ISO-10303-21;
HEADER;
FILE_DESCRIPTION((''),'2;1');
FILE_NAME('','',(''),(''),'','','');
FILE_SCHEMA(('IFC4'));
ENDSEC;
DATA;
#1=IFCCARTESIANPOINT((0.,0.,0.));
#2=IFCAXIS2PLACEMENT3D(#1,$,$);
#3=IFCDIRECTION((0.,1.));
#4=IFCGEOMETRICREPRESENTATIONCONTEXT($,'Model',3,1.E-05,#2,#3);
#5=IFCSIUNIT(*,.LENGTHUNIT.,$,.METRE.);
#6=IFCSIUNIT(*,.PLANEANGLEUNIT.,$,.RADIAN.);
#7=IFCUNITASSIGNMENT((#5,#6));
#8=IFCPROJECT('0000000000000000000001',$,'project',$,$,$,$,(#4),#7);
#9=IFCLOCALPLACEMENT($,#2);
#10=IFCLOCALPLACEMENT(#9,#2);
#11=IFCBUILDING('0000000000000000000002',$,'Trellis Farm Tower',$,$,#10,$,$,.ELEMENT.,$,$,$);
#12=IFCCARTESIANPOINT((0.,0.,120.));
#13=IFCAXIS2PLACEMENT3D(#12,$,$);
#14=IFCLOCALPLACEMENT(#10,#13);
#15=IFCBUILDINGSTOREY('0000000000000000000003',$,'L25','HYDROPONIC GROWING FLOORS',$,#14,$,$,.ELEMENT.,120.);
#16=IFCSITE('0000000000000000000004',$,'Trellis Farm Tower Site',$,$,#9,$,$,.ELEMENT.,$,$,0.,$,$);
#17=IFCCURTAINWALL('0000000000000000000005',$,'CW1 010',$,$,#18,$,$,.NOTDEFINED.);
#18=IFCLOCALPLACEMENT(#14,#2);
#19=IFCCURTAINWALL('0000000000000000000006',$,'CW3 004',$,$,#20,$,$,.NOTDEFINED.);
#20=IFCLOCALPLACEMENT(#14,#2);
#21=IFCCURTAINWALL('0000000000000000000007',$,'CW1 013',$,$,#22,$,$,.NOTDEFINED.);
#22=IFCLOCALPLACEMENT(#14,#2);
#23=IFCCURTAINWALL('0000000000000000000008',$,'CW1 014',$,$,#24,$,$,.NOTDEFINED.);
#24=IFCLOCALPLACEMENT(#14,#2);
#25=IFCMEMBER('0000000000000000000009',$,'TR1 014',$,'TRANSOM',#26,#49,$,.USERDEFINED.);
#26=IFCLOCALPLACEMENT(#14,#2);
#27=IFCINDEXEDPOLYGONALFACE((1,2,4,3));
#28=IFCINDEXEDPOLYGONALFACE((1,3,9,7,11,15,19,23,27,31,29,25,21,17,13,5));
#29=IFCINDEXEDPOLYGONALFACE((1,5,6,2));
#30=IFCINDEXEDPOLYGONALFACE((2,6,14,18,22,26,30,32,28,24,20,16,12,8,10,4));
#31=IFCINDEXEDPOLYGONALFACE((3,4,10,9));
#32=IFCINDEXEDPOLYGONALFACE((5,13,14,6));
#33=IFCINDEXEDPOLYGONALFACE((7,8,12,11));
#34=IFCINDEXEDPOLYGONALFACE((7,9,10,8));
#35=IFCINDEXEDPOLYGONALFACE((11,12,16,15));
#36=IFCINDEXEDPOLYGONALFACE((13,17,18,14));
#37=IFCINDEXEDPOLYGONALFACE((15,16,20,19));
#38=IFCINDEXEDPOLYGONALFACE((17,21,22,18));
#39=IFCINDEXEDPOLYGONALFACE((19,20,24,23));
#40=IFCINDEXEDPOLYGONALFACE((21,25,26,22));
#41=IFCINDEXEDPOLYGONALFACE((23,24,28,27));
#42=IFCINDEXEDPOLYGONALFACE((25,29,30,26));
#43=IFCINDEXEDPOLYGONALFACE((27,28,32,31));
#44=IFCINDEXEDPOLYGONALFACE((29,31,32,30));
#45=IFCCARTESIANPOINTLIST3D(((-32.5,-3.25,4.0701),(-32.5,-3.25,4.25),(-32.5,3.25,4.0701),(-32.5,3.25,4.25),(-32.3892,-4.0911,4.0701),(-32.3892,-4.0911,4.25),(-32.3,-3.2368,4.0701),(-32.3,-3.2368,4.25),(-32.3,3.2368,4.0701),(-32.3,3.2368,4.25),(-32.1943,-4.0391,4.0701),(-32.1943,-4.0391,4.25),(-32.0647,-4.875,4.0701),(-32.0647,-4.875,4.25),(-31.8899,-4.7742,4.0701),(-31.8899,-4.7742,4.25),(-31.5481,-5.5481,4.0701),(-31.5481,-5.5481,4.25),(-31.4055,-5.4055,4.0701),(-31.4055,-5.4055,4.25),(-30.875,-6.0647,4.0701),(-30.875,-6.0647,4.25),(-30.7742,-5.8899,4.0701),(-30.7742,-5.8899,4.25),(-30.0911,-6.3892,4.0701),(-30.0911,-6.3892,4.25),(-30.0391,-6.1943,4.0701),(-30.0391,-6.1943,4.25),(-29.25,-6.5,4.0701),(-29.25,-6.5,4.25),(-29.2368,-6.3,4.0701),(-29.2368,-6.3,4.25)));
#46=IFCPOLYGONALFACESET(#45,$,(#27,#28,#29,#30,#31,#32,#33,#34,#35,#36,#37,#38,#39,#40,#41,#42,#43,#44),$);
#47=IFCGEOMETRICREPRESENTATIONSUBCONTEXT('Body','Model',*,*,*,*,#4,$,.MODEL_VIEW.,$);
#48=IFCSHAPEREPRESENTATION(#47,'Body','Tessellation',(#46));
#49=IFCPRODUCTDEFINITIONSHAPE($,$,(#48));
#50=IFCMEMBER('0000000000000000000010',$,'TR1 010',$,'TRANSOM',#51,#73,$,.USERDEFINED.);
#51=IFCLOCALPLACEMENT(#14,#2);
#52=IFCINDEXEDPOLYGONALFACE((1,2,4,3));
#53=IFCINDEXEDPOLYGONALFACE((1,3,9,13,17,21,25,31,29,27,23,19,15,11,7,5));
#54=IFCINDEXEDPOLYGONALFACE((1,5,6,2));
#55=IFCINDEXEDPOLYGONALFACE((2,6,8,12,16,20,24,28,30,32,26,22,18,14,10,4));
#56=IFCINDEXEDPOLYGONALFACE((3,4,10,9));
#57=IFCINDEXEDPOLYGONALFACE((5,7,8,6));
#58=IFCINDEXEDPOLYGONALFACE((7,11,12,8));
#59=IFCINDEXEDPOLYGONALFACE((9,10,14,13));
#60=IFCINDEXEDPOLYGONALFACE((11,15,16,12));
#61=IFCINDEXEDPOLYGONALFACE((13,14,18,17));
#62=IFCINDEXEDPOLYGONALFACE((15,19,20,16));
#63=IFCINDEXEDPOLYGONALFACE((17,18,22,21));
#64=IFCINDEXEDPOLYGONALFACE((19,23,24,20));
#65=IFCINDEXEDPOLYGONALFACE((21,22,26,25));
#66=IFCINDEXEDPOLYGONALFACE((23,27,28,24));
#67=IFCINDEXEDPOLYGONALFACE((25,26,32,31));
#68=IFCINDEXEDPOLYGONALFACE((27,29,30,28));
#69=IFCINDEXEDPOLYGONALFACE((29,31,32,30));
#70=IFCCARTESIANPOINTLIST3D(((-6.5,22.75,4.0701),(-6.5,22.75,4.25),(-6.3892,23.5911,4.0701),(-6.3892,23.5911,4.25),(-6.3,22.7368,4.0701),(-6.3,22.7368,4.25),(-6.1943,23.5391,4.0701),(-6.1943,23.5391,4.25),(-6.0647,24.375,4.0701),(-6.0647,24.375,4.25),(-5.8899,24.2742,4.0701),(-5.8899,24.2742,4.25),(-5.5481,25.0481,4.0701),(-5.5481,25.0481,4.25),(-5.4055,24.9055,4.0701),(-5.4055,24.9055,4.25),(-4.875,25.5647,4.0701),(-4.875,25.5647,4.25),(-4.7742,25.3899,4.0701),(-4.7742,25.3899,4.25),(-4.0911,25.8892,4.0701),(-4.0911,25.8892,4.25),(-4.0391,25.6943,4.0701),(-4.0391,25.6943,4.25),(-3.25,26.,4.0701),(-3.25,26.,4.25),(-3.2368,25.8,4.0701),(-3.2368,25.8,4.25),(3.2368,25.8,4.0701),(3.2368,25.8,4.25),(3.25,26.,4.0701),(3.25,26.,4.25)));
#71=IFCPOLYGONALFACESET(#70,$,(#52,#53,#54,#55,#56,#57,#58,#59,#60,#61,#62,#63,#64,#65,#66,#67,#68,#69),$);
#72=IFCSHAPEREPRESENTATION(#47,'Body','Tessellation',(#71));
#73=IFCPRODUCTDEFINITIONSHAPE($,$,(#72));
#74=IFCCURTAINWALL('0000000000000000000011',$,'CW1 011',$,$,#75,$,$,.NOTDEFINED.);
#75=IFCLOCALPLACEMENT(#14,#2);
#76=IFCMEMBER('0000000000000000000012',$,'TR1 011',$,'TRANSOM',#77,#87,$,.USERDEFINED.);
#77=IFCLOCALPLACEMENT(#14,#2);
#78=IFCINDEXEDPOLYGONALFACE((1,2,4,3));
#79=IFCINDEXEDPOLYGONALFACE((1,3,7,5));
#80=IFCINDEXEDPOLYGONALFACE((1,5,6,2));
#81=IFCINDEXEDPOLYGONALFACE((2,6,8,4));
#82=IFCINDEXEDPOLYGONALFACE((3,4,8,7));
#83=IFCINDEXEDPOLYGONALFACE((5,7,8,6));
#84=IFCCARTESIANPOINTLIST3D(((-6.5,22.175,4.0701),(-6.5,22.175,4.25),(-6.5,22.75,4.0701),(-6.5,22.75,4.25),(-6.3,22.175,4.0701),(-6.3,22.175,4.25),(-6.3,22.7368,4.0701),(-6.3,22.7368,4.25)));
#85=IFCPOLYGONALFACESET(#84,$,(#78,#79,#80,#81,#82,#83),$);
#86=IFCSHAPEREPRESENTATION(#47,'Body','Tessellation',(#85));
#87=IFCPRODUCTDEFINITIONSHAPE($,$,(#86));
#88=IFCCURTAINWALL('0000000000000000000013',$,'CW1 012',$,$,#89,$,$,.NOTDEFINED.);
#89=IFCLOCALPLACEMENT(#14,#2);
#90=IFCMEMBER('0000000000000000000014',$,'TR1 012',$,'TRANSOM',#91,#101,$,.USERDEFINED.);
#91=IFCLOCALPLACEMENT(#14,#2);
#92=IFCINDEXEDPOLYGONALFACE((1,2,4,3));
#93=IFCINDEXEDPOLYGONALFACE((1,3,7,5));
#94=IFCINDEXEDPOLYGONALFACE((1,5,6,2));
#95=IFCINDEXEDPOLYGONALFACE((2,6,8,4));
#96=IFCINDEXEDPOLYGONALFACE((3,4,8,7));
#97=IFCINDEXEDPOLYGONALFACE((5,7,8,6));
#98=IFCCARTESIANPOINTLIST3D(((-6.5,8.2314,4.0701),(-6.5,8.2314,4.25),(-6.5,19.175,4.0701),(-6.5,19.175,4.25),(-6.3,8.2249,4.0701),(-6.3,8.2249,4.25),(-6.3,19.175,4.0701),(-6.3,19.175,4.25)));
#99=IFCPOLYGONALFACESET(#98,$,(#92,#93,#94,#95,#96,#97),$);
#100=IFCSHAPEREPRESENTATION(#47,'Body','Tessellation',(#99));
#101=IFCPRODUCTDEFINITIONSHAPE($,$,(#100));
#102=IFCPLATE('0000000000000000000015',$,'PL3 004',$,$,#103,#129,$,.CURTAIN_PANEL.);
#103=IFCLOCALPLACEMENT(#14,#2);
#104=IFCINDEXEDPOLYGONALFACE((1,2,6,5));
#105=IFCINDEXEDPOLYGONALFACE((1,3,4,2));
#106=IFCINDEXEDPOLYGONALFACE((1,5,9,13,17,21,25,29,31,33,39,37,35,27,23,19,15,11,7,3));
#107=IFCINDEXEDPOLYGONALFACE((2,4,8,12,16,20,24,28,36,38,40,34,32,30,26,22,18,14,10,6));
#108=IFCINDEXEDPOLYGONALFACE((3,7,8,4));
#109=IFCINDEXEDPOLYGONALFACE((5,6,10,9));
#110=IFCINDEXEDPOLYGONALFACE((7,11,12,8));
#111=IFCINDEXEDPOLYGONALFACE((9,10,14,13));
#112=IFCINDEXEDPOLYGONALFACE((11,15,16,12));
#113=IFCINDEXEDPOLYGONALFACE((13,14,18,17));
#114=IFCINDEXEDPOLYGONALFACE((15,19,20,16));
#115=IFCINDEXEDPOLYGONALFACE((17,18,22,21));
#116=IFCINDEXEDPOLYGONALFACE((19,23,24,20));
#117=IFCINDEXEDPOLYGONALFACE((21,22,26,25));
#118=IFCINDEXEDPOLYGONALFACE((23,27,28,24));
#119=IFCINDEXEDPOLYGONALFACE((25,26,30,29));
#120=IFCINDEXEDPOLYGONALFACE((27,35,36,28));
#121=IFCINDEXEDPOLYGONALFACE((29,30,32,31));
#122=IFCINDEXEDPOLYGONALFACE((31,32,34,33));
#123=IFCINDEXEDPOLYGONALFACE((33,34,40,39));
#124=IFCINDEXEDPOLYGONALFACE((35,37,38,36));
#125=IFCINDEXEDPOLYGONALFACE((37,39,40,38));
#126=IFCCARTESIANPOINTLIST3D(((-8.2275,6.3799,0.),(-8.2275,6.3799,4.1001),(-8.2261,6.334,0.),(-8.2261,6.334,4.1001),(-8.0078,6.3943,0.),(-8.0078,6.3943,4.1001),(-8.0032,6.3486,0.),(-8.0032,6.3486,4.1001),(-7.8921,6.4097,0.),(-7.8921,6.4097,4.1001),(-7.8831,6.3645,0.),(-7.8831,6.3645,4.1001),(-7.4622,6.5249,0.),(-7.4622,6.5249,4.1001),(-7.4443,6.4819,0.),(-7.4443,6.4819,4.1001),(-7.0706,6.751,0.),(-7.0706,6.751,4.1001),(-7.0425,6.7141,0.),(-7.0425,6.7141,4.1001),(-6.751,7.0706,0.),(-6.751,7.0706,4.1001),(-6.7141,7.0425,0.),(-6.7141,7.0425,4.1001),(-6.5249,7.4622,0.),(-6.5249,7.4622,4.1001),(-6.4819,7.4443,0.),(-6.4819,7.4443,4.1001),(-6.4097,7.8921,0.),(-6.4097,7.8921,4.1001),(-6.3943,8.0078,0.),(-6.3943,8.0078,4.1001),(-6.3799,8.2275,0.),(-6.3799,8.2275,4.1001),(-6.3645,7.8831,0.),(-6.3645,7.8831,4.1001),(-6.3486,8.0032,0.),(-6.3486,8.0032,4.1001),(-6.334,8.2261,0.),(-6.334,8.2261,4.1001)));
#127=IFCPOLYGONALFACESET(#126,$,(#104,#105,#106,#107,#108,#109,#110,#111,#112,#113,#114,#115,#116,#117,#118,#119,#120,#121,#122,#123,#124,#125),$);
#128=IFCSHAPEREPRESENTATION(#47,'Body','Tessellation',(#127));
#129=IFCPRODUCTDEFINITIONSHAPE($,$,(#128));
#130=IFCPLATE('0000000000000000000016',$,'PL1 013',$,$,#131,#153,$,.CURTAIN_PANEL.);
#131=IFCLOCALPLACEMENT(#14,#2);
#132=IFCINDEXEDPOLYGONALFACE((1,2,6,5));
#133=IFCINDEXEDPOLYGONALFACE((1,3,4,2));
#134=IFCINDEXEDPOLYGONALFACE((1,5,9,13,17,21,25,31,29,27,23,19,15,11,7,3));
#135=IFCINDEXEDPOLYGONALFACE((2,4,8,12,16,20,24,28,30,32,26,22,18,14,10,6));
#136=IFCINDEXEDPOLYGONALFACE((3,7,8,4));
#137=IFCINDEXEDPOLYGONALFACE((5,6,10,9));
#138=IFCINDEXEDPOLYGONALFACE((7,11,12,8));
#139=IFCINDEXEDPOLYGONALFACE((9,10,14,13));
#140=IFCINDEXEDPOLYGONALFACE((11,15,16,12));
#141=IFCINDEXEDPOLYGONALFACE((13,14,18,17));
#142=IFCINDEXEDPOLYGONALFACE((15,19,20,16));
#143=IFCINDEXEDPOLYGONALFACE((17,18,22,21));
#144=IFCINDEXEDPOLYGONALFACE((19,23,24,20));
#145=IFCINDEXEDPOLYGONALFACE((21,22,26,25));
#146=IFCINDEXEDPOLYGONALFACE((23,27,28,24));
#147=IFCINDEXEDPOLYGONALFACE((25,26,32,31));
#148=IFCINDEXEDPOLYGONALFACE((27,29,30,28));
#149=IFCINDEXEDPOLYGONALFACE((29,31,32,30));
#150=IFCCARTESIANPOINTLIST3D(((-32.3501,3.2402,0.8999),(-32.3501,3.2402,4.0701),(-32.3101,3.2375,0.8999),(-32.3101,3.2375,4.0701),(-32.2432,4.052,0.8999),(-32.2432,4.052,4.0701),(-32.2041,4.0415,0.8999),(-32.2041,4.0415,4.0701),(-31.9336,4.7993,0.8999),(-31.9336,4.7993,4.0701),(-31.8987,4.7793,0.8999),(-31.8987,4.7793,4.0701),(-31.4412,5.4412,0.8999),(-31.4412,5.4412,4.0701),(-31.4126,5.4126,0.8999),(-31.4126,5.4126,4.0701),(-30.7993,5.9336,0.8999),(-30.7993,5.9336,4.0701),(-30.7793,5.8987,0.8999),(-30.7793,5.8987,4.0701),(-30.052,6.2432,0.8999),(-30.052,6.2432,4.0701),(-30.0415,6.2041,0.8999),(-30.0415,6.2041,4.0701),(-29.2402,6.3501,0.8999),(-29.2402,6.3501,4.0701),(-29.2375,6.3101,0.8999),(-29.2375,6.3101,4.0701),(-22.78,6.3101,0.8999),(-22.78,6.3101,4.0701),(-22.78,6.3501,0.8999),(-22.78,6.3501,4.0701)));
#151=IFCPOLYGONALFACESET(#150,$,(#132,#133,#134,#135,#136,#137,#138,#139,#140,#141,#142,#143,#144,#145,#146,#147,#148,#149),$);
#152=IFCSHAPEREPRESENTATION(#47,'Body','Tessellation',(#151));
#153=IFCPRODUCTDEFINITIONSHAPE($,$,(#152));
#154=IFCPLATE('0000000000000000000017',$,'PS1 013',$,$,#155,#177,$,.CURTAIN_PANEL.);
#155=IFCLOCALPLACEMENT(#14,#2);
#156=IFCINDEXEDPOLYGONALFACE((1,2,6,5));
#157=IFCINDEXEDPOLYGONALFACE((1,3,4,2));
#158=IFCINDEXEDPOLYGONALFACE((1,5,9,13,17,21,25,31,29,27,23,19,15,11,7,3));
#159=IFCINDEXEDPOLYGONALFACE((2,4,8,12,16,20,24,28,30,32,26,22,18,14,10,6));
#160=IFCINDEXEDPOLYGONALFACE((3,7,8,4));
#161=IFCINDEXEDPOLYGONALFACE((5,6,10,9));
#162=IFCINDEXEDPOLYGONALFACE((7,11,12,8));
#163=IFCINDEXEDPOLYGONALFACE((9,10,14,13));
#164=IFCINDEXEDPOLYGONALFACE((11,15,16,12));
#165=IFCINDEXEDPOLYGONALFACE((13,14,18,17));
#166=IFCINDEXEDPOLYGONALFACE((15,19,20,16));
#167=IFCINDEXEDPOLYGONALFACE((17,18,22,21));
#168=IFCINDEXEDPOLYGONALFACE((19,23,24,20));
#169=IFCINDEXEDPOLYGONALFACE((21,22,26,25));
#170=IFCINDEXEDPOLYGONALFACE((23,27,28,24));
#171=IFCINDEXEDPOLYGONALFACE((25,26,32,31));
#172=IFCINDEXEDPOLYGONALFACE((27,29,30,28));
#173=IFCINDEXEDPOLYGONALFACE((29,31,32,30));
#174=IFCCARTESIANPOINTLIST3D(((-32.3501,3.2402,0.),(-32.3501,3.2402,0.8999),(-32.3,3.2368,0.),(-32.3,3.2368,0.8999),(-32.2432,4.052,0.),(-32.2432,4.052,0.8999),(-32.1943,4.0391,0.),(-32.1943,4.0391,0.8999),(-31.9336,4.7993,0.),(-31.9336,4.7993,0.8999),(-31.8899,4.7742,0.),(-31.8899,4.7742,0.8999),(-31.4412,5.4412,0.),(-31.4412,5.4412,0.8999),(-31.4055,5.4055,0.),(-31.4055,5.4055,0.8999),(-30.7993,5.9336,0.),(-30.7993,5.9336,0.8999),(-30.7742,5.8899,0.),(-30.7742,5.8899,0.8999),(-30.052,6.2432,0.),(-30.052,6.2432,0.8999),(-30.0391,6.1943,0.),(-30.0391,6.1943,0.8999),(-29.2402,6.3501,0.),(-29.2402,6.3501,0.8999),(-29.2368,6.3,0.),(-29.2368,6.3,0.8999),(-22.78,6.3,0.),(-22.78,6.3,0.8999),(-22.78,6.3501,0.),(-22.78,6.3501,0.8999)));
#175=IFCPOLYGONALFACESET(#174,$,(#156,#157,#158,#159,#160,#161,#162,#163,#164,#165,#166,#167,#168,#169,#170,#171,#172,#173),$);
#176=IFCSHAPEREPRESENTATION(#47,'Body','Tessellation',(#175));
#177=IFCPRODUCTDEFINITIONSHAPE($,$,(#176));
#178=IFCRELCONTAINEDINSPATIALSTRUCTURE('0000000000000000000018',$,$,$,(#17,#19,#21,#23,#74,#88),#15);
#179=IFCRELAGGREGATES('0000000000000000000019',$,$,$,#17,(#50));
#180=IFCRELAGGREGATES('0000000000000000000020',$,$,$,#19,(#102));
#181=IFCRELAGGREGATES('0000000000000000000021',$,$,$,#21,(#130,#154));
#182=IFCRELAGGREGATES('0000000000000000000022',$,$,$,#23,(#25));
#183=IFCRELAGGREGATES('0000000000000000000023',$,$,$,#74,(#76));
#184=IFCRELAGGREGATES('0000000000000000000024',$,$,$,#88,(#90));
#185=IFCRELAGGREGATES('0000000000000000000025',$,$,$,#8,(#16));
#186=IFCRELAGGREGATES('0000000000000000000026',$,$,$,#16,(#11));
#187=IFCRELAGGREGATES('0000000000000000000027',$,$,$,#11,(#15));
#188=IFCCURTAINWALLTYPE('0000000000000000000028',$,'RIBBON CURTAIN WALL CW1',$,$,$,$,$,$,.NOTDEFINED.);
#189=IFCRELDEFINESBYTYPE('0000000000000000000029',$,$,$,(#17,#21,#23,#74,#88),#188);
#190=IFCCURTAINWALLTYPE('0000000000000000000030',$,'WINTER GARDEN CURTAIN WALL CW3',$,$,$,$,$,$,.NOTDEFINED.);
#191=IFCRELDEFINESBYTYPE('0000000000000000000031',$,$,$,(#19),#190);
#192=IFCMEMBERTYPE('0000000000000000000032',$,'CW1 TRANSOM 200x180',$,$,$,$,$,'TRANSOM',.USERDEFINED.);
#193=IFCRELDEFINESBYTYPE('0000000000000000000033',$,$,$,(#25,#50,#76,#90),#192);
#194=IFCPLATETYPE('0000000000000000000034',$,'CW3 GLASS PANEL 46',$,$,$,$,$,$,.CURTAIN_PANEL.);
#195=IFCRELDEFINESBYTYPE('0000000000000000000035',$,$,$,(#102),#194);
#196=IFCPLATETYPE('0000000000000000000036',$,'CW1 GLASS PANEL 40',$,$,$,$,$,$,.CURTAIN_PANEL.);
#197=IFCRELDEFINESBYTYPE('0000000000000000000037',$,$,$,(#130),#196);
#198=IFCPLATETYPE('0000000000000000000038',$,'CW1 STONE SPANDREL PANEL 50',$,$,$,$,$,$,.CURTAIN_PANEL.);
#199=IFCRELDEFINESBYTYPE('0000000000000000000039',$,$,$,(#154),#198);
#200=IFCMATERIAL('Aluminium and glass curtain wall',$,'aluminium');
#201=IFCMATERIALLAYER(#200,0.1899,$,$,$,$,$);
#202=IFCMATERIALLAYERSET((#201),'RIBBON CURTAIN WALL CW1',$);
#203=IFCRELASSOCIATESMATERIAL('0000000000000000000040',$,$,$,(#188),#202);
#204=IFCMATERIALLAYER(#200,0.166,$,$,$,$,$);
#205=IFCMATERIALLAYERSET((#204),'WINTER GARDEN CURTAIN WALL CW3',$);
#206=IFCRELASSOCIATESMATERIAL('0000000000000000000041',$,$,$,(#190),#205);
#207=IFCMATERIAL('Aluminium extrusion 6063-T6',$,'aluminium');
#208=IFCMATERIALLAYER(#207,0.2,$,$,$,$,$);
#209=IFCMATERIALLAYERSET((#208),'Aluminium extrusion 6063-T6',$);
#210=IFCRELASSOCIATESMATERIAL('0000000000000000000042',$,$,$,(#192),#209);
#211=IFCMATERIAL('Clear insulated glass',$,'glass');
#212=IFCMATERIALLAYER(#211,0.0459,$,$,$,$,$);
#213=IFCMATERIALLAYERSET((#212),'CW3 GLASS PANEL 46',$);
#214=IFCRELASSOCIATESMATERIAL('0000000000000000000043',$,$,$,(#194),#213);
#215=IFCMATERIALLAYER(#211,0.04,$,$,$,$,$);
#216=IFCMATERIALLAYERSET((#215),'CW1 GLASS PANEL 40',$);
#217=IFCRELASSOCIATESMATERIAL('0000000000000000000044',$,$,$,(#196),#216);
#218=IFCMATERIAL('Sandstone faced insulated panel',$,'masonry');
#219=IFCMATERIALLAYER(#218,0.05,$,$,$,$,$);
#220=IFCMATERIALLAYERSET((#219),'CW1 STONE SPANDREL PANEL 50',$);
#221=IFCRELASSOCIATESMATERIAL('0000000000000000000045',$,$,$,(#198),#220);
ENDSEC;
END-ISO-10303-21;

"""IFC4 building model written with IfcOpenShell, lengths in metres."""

from ifc_helpers import new_model, si_unit, direction, frame, origin, place, context, subcontext, project, spatial, polyline, outline, extrude, source, transform, mapped, material, layer, layer_set, type_object, element, aggregate, save


model = new_model("IFC4")

# Units and contexts
model_context = context("Model", 3, precision=1e-05, world=origin(), true_north=direction((0.0, 1.0)))
body_context = subcontext(model_context, "Body", "Model", "MODEL_VIEW")
ifc_project = project(units=[si_unit("LENGTHUNIT", "METRE"), si_unit("PLANEANGLEUNIT", "RADIAN")], contexts=[model_context])

# Site, building, storey
site_placement = place(None, origin())
site = spatial("IfcSite", under=ifc_project, at=site_placement, Name="Trellis Farm Tower Site", CompositionType="ELEMENT", RefElevation=0.0)
building_placement = place(site_placement, origin())
building = spatial("IfcBuilding", under=site, at=building_placement, Name="Trellis Farm Tower", CompositionType="ELEMENT")
storey_placement = place(building_placement, frame((0.0, 0.0, 120.0)))
storey = spatial("IfcBuildingStorey", under=building, at=storey_placement, Name="L25", Description="HYDROPONIC GROWING FLOORS", CompositionType="ELEMENT", Elevation=120.0)

# Curtain walls, member
ifc_material_1 = material(Name="Aluminium and glass curtain wall", Category="aluminium")
ifc_layer_1 = layer(ifc_material_1, 0.1899)
ifc_layer_set_1 = layer_set([ifc_layer_1], Name="RIBBON CURTAIN WALL CW1")
curtain_wall_type_1 = type_object("IfcCurtainWallType", Name="RIBBON CURTAIN WALL CW1", PredefinedType="NOTDEFINED", material=ifc_layer_set_1)
placement_1 = place(storey_placement, origin())
curtain_wall_1 = element("IfcCurtainWall", 1, at=placement_1, inside=storey, type_object=curtain_wall_type_1, Name="CW1 010", PredefinedType="NOTDEFINED")
ifc_material_2 = material(Name="Aluminium extrusion 6063-T6", Category="aluminium")
ifc_layer_2 = layer(ifc_material_1, 0.166)
ifc_layer_set_2 = layer_set([ifc_layer_2], Name="WINTER GARDEN CURTAIN WALL CW3")
curtain_wall_type_2 = type_object("IfcCurtainWallType", Name="WINTER GARDEN CURTAIN WALL CW3", PredefinedType="NOTDEFINED", material=ifc_layer_set_2)
curtain_wall_2 = element("IfcCurtainWall", 2, at=placement_1, inside=storey, type_object=curtain_wall_type_2, Name="CW3 004", PredefinedType="NOTDEFINED")
curtain_wall_3 = element("IfcCurtainWall", 3, at=placement_1, inside=storey, type_object=curtain_wall_type_1, Name="CW1 013", PredefinedType="NOTDEFINED")
ifc_layer_3 = layer(ifc_material_2, 0.2)
ifc_layer_set_3 = layer_set([ifc_layer_3], Name="Aluminium extrusion 6063-T6")
member_type_1 = type_object("IfcMemberType", Name="CW1 TRANSOM 200x180", ElementType="TRANSOM", PredefinedType="USERDEFINED", material=ifc_layer_set_3)
placement_2 = place(storey_placement, frame((0.0, 0.0, 4.0701)))
curtain_wall_4 = element("IfcCurtainWall", 4, at=placement_1, inside=storey, type_object=curtain_wall_type_1, Name="CW1 014", PredefinedType="NOTDEFINED")
shared_shape_1 = source(origin(), body_context, "Body", "SweptSolid", [
    extrude(outline(polyline([(-32.5, 3.25), (-32.5, -3.25), (-32.3892, -4.0911), (-32.0647, -4.875), (-31.5481, -5.5481), (-30.875, -6.0647), (-30.0911, -6.3892), (-29.25, -6.5), (-29.2368, -6.3), (-30.0391, -6.1943), (-30.7742, -5.8899), (-31.4055, -5.4055), (-31.8899, -4.7742), (-32.1943, -4.0391), (-32.3, -3.2368), (-32.3, 3.2368), (-32.5, 3.25)])), origin(), (0.0, 0.0, 1.0), 0.1799),
])
member_1 = element("IfcMember", 5, at=placement_2, type_object=member_type_1, Name="TR1 014", ObjectType="TRANSOM", PredefinedType="USERDEFINED", context=body_context, shape_type="MappedRepresentation", body=[
    mapped(shared_shape_1, transform((0.0, 0.0, 0.0))),
])

# Member
shared_shape_2 = source(origin(), body_context, "Body", "SweptSolid", [
    extrude(outline(polyline([(3.25, 26.0), (-3.25, 26.0), (-4.0911, 25.8892), (-4.875, 25.5647), (-5.5481, 25.0481), (-6.0647, 24.375), (-6.3892, 23.5911), (-6.5, 22.75), (-6.3, 22.7368), (-6.1943, 23.5391), (-5.8899, 24.2742), (-5.4055, 24.9055), (-4.7742, 25.3899), (-4.0391, 25.6943), (-3.2368, 25.8), (3.2368, 25.8), (3.25, 26.0)])), origin(), (0.0, 0.0, 1.0), 0.1799),
])
member_2 = element("IfcMember", 6, at=placement_2, type_object=member_type_1, Name="TR1 010", ObjectType="TRANSOM", PredefinedType="USERDEFINED", context=body_context, shape_type="MappedRepresentation", body=[
    mapped(shared_shape_2, transform((0.0, 0.0, 0.0))),
])
aggregate(curtain_wall_1, [member_2])

# Curtain walls, members
curtain_wall_5 = element("IfcCurtainWall", 7, at=placement_1, inside=storey, type_object=curtain_wall_type_1, Name="CW1 011", PredefinedType="NOTDEFINED")
shared_shape_3 = source(origin(), body_context, "Body", "SweptSolid", [
    extrude(outline(polyline([(-6.5, 22.75), (-6.5, 22.175), (-6.3, 22.175), (-6.3, 22.7368), (-6.5, 22.75)])), origin(), (0.0, 0.0, 1.0), 0.1799),
])
member_3 = element("IfcMember", 8, at=placement_2, type_object=member_type_1, Name="TR1 011", ObjectType="TRANSOM", PredefinedType="USERDEFINED", context=body_context, shape_type="MappedRepresentation", body=[
    mapped(shared_shape_3, transform((0.0, 0.0, 0.0))),
])
curtain_wall_6 = element("IfcCurtainWall", 9, at=placement_1, inside=storey, type_object=curtain_wall_type_1, Name="CW1 012", PredefinedType="NOTDEFINED")
shared_shape_4 = source(origin(), body_context, "Body", "SweptSolid", [
    extrude(outline(polyline([(-6.5, 19.175), (-6.5, 8.2314), (-6.3, 8.2249), (-6.3, 19.175), (-6.5, 19.175)])), origin(), (0.0, 0.0, 1.0), 0.1799),
])
member_4 = element("IfcMember", 10, at=placement_2, type_object=member_type_1, Name="TR1 012", ObjectType="TRANSOM", PredefinedType="USERDEFINED", context=body_context, shape_type="MappedRepresentation", body=[
    mapped(shared_shape_4, transform((0.0, 0.0, 0.0))),
])

# Plates
ifc_material_3 = material(Name="Clear insulated glass", Category="glass")
ifc_layer_4 = layer(ifc_material_3, 0.0459)
ifc_layer_set_4 = layer_set([ifc_layer_4], Name="CW3 GLASS PANEL 46")
plate_type_1 = type_object("IfcPlateType", Name="CW3 GLASS PANEL 46", PredefinedType="CURTAIN_PANEL", material=ifc_layer_set_4)
shared_shape_5 = source(origin(), body_context, "Body", "SweptSolid", [
    extrude(outline(polyline([(-6.3799, 8.2275), (-6.3943, 8.0078), (-6.4097, 7.8921), (-6.5249, 7.4622), (-6.751, 7.0706), (-7.0706, 6.751), (-7.4622, 6.5249), (-7.8921, 6.4097), (-8.0078, 6.3943), (-8.2275, 6.3799), (-8.2261, 6.334), (-8.0032, 6.3486), (-7.8831, 6.3645), (-7.4443, 6.4819), (-7.0425, 6.7141), (-6.7141, 7.0425), (-6.4819, 7.4443), (-6.3645, 7.8831), (-6.3486, 8.0032), (-6.334, 8.2261), (-6.3799, 8.2275)])), origin(), (0.0, 0.0, 1.0), 4.1001),
])
plate_1 = element("IfcPlate", 11, at=placement_1, type_object=plate_type_1, Name="PL3 004", PredefinedType="CURTAIN_PANEL", context=body_context, shape_type="MappedRepresentation", body=[
    mapped(shared_shape_5, transform((0.0, 0.0, 0.0))),
])
aggregate(curtain_wall_2, [plate_1])
ifc_layer_5 = layer(ifc_material_3, 0.04)
ifc_layer_set_5 = layer_set([ifc_layer_5], Name="CW1 GLASS PANEL 40")
plate_type_2 = type_object("IfcPlateType", Name="CW1 GLASS PANEL 40", PredefinedType="CURTAIN_PANEL", material=ifc_layer_set_5)
shared_shape_6 = source(origin(), body_context, "Body", "SweptSolid", [
    extrude(outline(polyline([(-22.78, 6.3501), (-29.2402, 6.3501), (-30.052, 6.2432), (-30.7993, 5.9336), (-31.4412, 5.4412), (-31.9336, 4.7993), (-32.2432, 4.052), (-32.3501, 3.2402), (-32.3101, 3.2375), (-32.2041, 4.0415), (-31.8987, 4.7793), (-31.4126, 5.4126), (-30.7793, 5.8987), (-30.0415, 6.2041), (-29.2375, 6.3101), (-22.78, 6.3101), (-22.78, 6.3501)])), origin(), (0.0, 0.0, 1.0), 3.1702),
])
placement_3 = place(storey_placement, frame((0.0, 0.0, 0.8999)))
plate_2 = element("IfcPlate", 12, at=placement_3, type_object=plate_type_2, Name="PL1 013", PredefinedType="CURTAIN_PANEL", context=body_context, shape_type="MappedRepresentation", body=[
    mapped(shared_shape_6, transform((0.0, 0.0, 0.0))),
])
ifc_material_4 = material(Name="Sandstone faced insulated panel", Category="masonry")
ifc_layer_6 = layer(ifc_material_4, 0.05)
ifc_layer_set_6 = layer_set([ifc_layer_6], Name="CW1 STONE SPANDREL PANEL 50")
plate_type_3 = type_object("IfcPlateType", Name="CW1 STONE SPANDREL PANEL 50", PredefinedType="CURTAIN_PANEL", material=ifc_layer_set_6)
shared_shape_7 = source(origin(), body_context, "Body", "SweptSolid", [
    extrude(outline(polyline([(-22.78, 6.3501), (-29.2402, 6.3501), (-30.052, 6.2432), (-30.7993, 5.9336), (-31.4412, 5.4412), (-31.9336, 4.7993), (-32.2432, 4.052), (-32.3501, 3.2402), (-32.3, 3.2368), (-32.1943, 4.0391), (-31.8899, 4.7742), (-31.4055, 5.4055), (-30.7742, 5.8899), (-30.0391, 6.1943), (-29.2368, 6.3), (-22.78, 6.3), (-22.78, 6.3501)])), origin(), (0.0, 0.0, 1.0), 0.8999),
])
plate_3 = element("IfcPlate", 13, at=placement_1, type_object=plate_type_3, Name="PS1 013", PredefinedType="CURTAIN_PANEL", context=body_context, shape_type="MappedRepresentation", body=[
    mapped(shared_shape_7, transform((0.0, 0.0, 0.0))),
])
aggregate(curtain_wall_3, [plate_2, plate_3])
aggregate(curtain_wall_4, [member_1])
aggregate(curtain_wall_5, [member_3])
aggregate(curtain_wall_6, [member_4])

save(model, "model.ifc")
